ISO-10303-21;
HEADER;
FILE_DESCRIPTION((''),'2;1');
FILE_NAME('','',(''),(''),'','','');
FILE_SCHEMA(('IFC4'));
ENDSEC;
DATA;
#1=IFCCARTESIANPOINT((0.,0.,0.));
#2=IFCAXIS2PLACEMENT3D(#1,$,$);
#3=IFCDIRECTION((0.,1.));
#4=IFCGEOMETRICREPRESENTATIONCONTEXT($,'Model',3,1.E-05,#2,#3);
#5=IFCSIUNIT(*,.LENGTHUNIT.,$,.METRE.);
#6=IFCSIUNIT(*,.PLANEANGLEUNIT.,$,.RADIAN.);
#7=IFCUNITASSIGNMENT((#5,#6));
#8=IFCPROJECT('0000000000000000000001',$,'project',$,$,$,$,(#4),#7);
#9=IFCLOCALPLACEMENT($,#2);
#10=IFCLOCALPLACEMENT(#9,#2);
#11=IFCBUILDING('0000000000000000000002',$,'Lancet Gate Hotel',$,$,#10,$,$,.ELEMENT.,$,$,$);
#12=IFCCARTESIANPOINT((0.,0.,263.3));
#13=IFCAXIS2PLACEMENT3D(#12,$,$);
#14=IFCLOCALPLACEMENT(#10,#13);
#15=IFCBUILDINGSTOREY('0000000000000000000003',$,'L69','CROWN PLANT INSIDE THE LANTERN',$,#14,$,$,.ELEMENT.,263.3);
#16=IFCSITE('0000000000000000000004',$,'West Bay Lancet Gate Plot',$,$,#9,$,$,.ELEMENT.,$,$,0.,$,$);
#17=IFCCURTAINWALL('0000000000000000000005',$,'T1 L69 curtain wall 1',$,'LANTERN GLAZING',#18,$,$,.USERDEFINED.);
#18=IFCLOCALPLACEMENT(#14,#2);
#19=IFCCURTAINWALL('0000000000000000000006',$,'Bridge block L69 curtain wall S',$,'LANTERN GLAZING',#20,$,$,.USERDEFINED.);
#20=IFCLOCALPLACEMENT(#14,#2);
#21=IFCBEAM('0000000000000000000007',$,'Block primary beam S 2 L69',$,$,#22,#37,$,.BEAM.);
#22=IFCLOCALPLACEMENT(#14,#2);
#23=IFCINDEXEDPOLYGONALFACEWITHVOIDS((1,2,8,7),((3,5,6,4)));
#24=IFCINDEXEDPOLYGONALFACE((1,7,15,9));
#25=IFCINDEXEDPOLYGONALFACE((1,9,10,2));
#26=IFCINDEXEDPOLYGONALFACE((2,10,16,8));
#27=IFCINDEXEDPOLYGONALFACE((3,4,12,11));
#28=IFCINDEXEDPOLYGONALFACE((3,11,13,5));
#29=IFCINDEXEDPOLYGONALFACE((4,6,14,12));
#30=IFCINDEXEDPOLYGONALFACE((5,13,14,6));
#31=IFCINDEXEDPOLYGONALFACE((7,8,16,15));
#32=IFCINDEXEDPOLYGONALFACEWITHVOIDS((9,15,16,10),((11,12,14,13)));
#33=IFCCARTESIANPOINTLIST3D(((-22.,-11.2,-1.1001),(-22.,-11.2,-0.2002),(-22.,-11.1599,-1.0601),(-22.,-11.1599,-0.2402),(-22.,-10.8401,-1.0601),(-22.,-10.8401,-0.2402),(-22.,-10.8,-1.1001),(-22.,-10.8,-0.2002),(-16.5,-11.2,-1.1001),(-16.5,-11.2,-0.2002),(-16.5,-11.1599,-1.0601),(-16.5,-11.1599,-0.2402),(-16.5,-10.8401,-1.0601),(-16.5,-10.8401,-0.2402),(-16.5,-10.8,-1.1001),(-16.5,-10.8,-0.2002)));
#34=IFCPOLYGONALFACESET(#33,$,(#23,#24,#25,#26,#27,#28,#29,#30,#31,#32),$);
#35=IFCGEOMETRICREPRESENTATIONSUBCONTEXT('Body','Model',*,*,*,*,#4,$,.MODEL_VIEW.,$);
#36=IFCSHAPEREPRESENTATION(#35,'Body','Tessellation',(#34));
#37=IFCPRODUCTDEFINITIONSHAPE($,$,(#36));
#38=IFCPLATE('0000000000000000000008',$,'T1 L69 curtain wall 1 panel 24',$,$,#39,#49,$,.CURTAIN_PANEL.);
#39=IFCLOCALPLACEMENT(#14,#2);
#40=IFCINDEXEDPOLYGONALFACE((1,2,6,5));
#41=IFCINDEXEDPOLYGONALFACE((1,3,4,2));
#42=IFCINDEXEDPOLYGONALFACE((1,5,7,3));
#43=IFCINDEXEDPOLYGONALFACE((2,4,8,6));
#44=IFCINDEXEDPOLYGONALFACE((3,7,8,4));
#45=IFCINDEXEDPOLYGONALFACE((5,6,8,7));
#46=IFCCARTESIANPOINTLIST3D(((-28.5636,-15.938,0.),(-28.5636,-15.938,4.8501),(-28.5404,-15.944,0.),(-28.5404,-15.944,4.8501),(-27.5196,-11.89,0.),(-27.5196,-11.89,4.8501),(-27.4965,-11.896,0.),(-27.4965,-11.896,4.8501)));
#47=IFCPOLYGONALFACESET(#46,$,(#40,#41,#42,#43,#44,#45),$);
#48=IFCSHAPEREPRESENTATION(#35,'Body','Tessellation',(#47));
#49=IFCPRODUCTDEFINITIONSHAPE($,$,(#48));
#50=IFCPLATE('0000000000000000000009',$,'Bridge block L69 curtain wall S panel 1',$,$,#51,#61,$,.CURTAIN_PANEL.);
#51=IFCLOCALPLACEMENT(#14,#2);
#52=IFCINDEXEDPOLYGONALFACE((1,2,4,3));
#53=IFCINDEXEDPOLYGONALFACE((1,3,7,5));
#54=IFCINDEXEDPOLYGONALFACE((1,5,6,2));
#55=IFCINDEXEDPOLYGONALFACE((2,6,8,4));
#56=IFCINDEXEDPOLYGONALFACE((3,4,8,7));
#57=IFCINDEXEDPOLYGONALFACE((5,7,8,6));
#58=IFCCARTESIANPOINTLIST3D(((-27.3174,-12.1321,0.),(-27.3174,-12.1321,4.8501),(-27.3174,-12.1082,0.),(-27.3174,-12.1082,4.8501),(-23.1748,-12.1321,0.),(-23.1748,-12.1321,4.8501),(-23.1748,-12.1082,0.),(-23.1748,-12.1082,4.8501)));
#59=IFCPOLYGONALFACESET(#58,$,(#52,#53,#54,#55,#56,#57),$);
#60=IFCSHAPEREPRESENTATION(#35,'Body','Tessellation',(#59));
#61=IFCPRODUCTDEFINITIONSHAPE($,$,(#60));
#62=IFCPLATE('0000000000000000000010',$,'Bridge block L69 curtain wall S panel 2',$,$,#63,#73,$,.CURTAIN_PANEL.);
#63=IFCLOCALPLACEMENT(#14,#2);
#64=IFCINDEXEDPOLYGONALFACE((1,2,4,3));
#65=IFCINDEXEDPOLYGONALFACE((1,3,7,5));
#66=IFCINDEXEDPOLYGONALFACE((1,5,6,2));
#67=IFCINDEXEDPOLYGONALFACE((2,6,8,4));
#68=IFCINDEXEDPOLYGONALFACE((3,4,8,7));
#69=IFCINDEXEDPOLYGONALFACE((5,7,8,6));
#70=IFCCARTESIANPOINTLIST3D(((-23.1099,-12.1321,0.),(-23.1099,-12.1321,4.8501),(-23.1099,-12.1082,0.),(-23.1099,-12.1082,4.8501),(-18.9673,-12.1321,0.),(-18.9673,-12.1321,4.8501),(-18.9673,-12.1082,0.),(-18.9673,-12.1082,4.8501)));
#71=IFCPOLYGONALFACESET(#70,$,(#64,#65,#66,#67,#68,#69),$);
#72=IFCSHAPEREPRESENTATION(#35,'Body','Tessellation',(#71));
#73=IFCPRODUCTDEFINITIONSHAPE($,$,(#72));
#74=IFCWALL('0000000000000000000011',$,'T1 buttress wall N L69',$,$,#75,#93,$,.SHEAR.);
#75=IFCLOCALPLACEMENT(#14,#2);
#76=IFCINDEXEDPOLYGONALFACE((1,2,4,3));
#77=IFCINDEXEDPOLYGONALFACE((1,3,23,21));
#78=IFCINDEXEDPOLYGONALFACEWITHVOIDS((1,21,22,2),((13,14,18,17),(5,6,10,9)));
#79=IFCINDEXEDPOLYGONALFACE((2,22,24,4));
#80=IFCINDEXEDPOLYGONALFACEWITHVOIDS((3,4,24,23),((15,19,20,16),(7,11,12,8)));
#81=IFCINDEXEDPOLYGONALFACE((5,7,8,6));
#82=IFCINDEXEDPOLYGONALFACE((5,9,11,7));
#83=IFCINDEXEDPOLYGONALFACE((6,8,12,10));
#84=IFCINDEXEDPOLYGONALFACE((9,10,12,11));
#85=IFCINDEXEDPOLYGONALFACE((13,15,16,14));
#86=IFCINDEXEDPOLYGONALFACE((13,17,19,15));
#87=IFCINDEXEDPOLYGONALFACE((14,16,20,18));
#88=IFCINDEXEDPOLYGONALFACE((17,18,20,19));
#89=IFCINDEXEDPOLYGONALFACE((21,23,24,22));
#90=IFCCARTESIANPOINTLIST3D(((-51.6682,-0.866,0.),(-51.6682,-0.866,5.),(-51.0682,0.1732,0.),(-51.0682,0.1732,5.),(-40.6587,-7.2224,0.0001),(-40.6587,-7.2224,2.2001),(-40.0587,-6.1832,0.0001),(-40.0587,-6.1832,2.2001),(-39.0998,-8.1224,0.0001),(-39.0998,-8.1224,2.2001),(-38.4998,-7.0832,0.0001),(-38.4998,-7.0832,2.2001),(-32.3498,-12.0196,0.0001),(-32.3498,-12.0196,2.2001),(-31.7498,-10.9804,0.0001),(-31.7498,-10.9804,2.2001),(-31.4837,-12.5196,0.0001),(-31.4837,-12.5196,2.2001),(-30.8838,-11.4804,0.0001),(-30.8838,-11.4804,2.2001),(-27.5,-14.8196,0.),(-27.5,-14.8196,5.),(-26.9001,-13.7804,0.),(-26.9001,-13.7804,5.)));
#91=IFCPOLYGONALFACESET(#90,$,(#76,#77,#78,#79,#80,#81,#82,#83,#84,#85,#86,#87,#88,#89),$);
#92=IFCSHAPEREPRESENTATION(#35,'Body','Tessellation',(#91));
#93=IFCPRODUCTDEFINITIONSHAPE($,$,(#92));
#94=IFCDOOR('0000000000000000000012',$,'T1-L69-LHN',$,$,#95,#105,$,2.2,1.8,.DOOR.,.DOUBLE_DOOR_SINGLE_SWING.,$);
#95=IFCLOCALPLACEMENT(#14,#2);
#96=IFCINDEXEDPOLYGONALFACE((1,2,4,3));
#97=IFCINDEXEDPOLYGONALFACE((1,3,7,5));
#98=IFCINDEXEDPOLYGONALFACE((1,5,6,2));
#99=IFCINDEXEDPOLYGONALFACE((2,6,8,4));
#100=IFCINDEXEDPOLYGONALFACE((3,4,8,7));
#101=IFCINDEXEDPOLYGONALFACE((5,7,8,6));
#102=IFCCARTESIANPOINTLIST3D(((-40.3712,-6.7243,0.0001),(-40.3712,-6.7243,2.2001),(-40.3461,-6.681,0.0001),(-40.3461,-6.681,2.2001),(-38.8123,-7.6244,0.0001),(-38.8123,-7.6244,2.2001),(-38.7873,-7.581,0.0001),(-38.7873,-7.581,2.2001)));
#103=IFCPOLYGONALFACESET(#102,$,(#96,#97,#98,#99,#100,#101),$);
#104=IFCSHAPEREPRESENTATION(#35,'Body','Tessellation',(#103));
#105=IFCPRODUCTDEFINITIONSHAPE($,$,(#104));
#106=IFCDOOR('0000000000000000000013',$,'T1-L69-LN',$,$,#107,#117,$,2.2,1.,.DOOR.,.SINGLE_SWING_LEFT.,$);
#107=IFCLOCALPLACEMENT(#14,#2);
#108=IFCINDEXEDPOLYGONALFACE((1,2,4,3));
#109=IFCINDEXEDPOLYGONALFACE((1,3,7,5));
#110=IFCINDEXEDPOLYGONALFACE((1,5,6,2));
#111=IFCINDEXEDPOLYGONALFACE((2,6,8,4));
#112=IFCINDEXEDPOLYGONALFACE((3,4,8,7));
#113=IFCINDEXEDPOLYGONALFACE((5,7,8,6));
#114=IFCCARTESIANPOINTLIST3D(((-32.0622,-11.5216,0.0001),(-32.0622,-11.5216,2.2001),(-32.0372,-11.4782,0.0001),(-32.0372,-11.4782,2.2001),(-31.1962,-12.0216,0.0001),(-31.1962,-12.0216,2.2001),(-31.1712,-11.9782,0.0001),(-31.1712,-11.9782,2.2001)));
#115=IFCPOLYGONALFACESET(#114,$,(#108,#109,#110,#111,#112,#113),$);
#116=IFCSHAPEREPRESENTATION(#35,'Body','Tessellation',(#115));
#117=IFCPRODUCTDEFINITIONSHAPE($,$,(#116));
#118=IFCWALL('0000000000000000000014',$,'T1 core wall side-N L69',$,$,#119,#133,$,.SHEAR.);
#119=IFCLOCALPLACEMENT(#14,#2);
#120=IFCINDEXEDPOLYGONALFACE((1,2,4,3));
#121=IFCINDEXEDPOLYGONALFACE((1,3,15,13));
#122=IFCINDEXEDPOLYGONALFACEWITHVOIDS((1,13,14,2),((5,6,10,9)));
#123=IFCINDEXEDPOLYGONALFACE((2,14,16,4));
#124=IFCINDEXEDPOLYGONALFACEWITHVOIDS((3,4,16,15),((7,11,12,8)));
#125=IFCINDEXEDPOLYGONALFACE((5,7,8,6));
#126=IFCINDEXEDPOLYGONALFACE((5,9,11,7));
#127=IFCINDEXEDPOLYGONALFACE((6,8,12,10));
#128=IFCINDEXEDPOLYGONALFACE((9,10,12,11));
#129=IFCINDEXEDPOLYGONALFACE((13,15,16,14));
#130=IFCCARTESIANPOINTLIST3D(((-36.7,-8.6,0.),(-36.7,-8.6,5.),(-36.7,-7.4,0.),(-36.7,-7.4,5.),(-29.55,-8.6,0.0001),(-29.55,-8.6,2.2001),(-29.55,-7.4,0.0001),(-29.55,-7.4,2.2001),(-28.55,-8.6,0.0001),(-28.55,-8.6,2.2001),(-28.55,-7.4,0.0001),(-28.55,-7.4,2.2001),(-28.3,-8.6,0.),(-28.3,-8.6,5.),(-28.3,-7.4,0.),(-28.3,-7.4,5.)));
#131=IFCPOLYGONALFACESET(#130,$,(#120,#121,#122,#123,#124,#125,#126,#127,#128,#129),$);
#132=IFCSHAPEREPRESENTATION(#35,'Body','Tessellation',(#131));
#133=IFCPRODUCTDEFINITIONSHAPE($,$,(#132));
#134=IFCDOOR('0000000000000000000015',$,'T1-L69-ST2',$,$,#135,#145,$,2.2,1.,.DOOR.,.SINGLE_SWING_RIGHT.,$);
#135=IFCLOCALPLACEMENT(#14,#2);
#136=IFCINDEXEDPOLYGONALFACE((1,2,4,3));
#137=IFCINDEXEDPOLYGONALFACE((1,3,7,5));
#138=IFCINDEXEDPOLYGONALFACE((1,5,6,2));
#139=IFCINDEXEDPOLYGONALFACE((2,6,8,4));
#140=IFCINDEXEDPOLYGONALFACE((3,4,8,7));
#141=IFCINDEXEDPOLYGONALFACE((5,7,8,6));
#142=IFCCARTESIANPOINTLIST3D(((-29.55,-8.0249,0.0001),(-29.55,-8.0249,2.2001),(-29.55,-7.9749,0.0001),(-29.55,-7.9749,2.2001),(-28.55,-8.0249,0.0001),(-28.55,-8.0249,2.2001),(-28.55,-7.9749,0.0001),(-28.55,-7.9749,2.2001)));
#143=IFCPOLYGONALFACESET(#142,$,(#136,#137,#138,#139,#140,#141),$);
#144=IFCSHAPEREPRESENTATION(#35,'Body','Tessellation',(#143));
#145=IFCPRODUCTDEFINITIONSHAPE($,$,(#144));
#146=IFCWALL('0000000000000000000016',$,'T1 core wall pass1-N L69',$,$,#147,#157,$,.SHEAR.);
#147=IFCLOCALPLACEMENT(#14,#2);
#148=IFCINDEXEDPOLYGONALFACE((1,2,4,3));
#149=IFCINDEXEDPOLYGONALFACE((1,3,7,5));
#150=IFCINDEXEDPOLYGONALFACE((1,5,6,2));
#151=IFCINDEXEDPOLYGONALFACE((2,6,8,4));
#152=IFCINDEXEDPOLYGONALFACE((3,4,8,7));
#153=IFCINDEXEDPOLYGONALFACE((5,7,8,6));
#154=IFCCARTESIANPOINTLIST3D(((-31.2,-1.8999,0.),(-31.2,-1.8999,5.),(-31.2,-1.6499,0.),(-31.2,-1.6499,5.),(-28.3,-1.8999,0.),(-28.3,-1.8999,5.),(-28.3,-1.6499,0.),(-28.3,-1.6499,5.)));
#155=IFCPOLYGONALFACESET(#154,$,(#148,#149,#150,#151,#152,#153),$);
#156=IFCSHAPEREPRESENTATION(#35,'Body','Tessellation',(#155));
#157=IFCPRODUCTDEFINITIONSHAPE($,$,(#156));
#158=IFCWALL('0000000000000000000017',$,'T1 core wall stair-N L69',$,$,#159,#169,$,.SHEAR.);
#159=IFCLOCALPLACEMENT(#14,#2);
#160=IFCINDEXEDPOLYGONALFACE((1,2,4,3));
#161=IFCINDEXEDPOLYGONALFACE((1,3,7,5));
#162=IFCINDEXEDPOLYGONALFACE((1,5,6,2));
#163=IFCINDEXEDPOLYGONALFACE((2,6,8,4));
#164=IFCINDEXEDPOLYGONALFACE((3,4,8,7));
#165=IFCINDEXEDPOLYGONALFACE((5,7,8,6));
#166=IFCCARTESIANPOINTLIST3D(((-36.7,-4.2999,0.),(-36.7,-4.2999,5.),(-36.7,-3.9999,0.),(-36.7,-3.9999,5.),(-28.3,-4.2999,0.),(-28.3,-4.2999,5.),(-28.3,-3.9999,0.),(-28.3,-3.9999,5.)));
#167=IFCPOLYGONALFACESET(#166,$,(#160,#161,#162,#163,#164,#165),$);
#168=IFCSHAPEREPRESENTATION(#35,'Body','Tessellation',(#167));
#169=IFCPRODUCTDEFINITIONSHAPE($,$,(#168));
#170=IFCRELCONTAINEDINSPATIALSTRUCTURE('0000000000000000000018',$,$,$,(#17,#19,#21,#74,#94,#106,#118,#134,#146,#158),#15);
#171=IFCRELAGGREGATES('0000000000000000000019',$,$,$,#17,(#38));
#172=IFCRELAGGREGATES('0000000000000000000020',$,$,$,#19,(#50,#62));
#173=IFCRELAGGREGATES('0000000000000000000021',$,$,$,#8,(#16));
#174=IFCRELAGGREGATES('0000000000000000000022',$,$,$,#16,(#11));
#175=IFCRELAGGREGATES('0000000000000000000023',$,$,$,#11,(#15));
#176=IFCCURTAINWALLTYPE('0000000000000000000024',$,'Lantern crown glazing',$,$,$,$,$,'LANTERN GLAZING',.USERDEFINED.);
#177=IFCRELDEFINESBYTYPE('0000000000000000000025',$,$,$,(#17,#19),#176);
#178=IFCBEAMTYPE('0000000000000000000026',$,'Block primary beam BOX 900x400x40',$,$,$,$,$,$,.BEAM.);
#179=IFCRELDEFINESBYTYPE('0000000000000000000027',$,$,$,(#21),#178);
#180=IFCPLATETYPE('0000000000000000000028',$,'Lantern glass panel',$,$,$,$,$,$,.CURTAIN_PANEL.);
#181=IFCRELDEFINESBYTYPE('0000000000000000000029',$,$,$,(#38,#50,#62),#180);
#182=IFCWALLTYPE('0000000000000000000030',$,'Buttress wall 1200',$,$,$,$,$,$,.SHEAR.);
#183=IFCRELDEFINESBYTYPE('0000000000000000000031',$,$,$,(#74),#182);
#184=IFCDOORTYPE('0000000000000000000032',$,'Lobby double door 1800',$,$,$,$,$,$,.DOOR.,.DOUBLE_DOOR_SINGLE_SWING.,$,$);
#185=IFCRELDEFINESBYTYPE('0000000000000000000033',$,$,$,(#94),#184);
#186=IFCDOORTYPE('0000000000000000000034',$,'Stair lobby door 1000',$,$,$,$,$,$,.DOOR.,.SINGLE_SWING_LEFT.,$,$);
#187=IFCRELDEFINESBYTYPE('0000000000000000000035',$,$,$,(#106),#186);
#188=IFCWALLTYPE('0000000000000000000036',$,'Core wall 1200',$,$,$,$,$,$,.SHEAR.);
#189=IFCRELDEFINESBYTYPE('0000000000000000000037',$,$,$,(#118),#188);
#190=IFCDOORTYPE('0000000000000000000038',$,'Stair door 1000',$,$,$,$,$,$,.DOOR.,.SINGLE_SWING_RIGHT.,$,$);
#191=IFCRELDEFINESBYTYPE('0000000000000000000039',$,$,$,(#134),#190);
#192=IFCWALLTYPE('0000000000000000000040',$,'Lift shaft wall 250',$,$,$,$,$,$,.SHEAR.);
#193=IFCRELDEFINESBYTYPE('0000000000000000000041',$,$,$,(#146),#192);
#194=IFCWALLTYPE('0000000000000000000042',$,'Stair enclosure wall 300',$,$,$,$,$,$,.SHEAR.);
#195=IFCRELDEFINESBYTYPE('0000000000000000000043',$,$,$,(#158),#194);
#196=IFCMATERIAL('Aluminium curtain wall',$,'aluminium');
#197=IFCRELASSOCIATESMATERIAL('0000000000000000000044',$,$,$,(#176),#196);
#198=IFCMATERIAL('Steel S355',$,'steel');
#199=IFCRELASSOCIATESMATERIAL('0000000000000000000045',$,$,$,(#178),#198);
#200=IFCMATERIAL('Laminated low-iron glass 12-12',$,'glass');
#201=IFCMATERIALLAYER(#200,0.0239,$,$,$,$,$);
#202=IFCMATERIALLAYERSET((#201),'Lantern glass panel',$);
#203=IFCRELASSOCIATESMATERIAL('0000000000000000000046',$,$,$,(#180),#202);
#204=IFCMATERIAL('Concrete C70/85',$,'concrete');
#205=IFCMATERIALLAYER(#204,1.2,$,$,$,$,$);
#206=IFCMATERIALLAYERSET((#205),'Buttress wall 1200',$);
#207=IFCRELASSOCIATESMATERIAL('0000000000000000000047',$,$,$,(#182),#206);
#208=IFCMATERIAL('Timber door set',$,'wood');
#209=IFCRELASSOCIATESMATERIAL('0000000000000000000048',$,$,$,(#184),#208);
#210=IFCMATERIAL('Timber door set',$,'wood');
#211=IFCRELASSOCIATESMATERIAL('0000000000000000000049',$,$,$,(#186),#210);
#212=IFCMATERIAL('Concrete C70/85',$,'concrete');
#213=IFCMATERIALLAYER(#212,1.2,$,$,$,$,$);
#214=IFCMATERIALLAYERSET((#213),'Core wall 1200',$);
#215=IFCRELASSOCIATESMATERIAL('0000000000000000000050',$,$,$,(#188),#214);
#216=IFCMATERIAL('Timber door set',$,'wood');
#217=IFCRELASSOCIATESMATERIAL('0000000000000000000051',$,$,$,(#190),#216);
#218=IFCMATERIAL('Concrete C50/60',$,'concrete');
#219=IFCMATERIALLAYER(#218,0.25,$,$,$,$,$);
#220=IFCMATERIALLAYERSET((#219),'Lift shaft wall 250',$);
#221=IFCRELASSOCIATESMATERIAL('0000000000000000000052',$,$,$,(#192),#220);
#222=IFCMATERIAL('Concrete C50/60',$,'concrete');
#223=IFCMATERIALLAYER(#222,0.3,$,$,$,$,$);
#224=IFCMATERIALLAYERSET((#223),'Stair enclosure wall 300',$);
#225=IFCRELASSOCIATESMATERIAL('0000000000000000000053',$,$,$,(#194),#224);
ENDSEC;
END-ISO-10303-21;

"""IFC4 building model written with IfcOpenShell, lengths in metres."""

from ifc_helpers import new_model, si_unit, direction, frame, frame_2d, origin, origin_2d, place, context, subcontext, project, spatial, rectangle, hollow_rectangle, extrude, material, layer, layer_set, material_profile, profile_set, type_object, element, fill, aggregate, save


model = new_model("IFC4")

# Units and contexts
model_context = context("Model", 3, precision=1e-05, world=origin(), true_north=direction((0.0, 1.0)))
body_context = subcontext(model_context, "Body", "Model", "MODEL_VIEW")
ifc_project = project(units=[si_unit("LENGTHUNIT", "METRE"), si_unit("PLANEANGLEUNIT", "RADIAN")], contexts=[model_context])

# Site, building, storey
site_placement = place(None, origin())
site = spatial("IfcSite", under=ifc_project, at=site_placement, Name="West Bay Lancet Gate Plot", CompositionType="ELEMENT", RefElevation=0.0)
building_placement = place(site_placement, origin())
building = spatial("IfcBuilding", under=site, at=building_placement, Name="Lancet Gate Hotel", CompositionType="ELEMENT")
storey_placement = place(building_placement, frame((0.0, 0.0, 263.3)))
storey = spatial("IfcBuildingStorey", under=building, at=storey_placement, Name="L69", Description="CROWN PLANT INSIDE THE LANTERN", CompositionType="ELEMENT", Elevation=263.3)

# Curtain wall
ifc_material_1 = material(Name="Aluminium curtain wall", Category="aluminium")
curtain_wall_type = type_object("IfcCurtainWallType", Name="Lantern crown glazing", ElementType="LANTERN GLAZING", PredefinedType="USERDEFINED", material=ifc_material_1)
curtain_wall_1_placement = place(storey_placement, origin())
curtain_wall_1 = element("IfcCurtainWall", 1, at=curtain_wall_1_placement, inside=storey, type_object=curtain_wall_type, Name="T1 L69 curtain wall 1", ObjectType="LANTERN GLAZING", PredefinedType="USERDEFINED")

# Curtain wall
curtain_wall_2_placement = place(storey_placement, origin())
curtain_wall_2 = element("IfcCurtainWall", 2, at=curtain_wall_2_placement, inside=storey, type_object=curtain_wall_type, Name="Bridge block L69 curtain wall S", ObjectType="LANTERN GLAZING", PredefinedType="USERDEFINED")

# Beam
ifc_material_2 = material(Name="Steel S355", Category="steel")
ifc_material_profile_1 = material_profile(ifc_material_2, hollow_rectangle(XDim=0.3999, YDim=0.8999, WallThickness=0.04, at=origin_2d()), Name="BOX 900x400x40")
ifc_profile_set_1 = profile_set([ifc_material_profile_1], Name="Steel S355")
beam_type_1 = type_object("IfcBeamType", Name="Block primary beam BOX 900x400x40", PredefinedType="BEAM", material=ifc_profile_set_1)
beam_1_placement = place(storey_placement, frame((-22.0, -11.0, -0.6501), z_axis=(1.0, 0.0, 0.0), x_axis=(0.0, 1.0, 0.0)))
element("IfcBeam", 3, at=beam_1_placement, inside=storey, type_object=beam_type_1, Name="Block primary beam S 2 L69", PredefinedType="BEAM", context=body_context, shape_type="SweptSolid", body=[
    extrude(hollow_rectangle(XDim=0.3999, YDim=0.8999, WallThickness=0.04, at=origin_2d()), origin(), (0.0, 0.0, 1.0), 5.5),
])

# Plates
ifc_material_3 = material(Name="Laminated low-iron glass 12-12", Category="glass")
ifc_layer_1 = layer(ifc_material_3, 0.0239)
ifc_layer_set_1 = layer_set([ifc_layer_1], Name="Lantern glass panel")
plate_type = type_object("IfcPlateType", Name="Lantern glass panel", PredefinedType="CURTAIN_PANEL", material=ifc_layer_set_1)
plate_1_placement = place(storey_placement, frame((-28.03, -13.917, 0.0), z_axis=(0.0, 0.0, 1.0), x_axis=(0.249726, 0.968317, 0.0)))
plate_1 = element("IfcPlate", 4, at=plate_1_placement, type_object=plate_type, Name="T1 L69 curtain wall 1 panel 24", PredefinedType="CURTAIN_PANEL", context=body_context, shape_type="SweptSolid", body=[
    extrude(rectangle(XDim=4.1804, YDim=0.0239, at=origin_2d()), origin(), (0.0, 0.0, 1.0), 4.8501),
])
aggregate(curtain_wall_1, [plate_1])
plate_2_placement = place(storey_placement, frame((-25.2461, -12.1201, 0.0), z_axis=(0.0, 0.0, 1.0), x_axis=(1.0, 0.0, 0.0)))
plate_2 = element("IfcPlate", 5, at=plate_2_placement, type_object=plate_type, Name="Bridge block L69 curtain wall S panel 1", PredefinedType="CURTAIN_PANEL", context=body_context, shape_type="SweptSolid", body=[
    extrude(rectangle(XDim=4.1426, YDim=0.0239, at=origin_2d()), origin(), (0.0, 0.0, 1.0), 4.8501),
])
plate_3_placement = place(storey_placement, frame((-21.0386, -12.1201, 0.0), z_axis=(0.0, 0.0, 1.0), x_axis=(1.0, 0.0, 0.0)))
plate_3 = element("IfcPlate", 6, at=plate_3_placement, type_object=plate_type, Name="Bridge block L69 curtain wall S panel 2", PredefinedType="CURTAIN_PANEL", context=body_context, shape_type="SweptSolid", body=[
    extrude(rectangle(XDim=4.1426, YDim=0.0239, at=origin_2d()), origin(), (0.0, 0.0, 1.0), 4.8501),
])
aggregate(curtain_wall_2, [plate_2, plate_3])

# Wall, openings, doors
ifc_material_4 = material(Name="Concrete C70/85", Category="concrete")
ifc_layer_2 = layer(ifc_material_4, 1.2)
ifc_layer_set_2 = layer_set([ifc_layer_2], Name="Buttress wall 1200")
wall_type_1 = type_object("IfcWallType", Name="Buttress wall 1200", PredefinedType="SHEAR", material=ifc_layer_set_2)
wall_1_placement = place(storey_placement, frame((-27.2, -14.3, 0.0), z_axis=(0.0, 0.0, 1.0), x_axis=(-0.866024, 0.500002, 0.0)))
wall_1 = element("IfcWall", 7, at=wall_1_placement, inside=storey, type_object=wall_type_1, Name="T1 buttress wall N L69", PredefinedType="SHEAR", context=body_context, shape_type="SweptSolid", body=[
    extrude(rectangle(XDim=27.907, YDim=1.2, at=frame_2d((13.9536, 0.0))), origin(), (0.0, 0.0, 1.0), 5.0),
])
opening_1_placement = place(wall_1_placement, frame((4.6001, 0.0, 0.0)))
opening_1 = element("IfcOpeningElement", 8, at=opening_1_placement, cuts=wall_1, PredefinedType="OPENING", context=body_context, shape_type="SweptSolid", body=[
    extrude(rectangle(XDim=1.0, YDim=2.2, at=frame_2d((0.5, 1.1001))), frame((0.0, 0.6099, 0.0), z_axis=(0.0, -1.0, 0.0), x_axis=(1.0, 0.0, 0.0)), (0.0, 0.0, 1.0), 1.22),
])
opening_2_placement = place(wall_1_placement, frame((13.3945, 0.0, 0.0)))
opening_2 = element("IfcOpeningElement", 9, at=opening_2_placement, cuts=wall_1, PredefinedType="OPENING", context=body_context, shape_type="SweptSolid", body=[
    extrude(rectangle(XDim=1.8, YDim=2.2, at=frame_2d((0.8999, 1.1001))), frame((0.0, 0.6099, 0.0), z_axis=(0.0, -1.0, 0.0), x_axis=(1.0, 0.0, 0.0)), (0.0, 0.0, 1.0), 1.22),
])
ifc_material_5 = material(Name="Timber door set", Category="wood")
door_type_1 = type_object("IfcDoorType", Name="Lobby double door 1800", OperationType="DOUBLE_DOOR_SINGLE_SWING", PredefinedType="DOOR", material=ifc_material_5)
door_1_placement = place(opening_2_placement, origin())
door_1 = element("IfcDoor", 10, at=door_1_placement, inside=storey, type_object=door_type_1, Name="T1-L69-LHN", OperationType="DOUBLE_DOOR_SINGLE_SWING", OverallHeight=2.2, OverallWidth=1.8, PredefinedType="DOOR", context=body_context, shape_type="SweptSolid", body=[
    extrude(rectangle(XDim=1.8, YDim=2.2, at=frame_2d((0.8999, 1.1001))), frame((0.0, 0.0249, 0.0), z_axis=(0.0, -1.0, 0.0), x_axis=(1.0, 0.0, 0.0)), (0.0, 0.0, 1.0), 0.05),
])
fill(opening_2, door_1)
ifc_material_6 = material(Name="Timber door set", Category="wood")
door_type_2 = type_object("IfcDoorType", Name="Stair lobby door 1000", OperationType="SINGLE_SWING_LEFT", PredefinedType="DOOR", material=ifc_material_6)
door_2_placement = place(opening_1_placement, origin())
door_2 = element("IfcDoor", 11, at=door_2_placement, inside=storey, type_object=door_type_2, Name="T1-L69-LN", OperationType="SINGLE_SWING_LEFT", OverallHeight=2.2, OverallWidth=1.0, PredefinedType="DOOR", context=body_context, shape_type="SweptSolid", body=[
    extrude(rectangle(XDim=1.0, YDim=2.2, at=frame_2d((0.5, 1.1001))), frame((0.0, 0.0249, 0.0), z_axis=(0.0, -1.0, 0.0), x_axis=(1.0, 0.0, 0.0)), (0.0, 0.0, 1.0), 0.05),
])
fill(opening_1, door_2)

# Wall, opening, door
ifc_material_7 = material(Name="Concrete C70/85", Category="concrete")
ifc_layer_3 = layer(ifc_material_7, 1.2)
ifc_layer_set_3 = layer_set([ifc_layer_3], Name="Core wall 1200")
wall_type_2 = type_object("IfcWallType", Name="Core wall 1200", PredefinedType="SHEAR", material=ifc_layer_set_3)
wall_2_placement = place(storey_placement, frame((-28.3, -8.0, 0.0), z_axis=(0.0, 0.0, 1.0), x_axis=(-1.0, 0.0, 0.0)))
wall_2 = element("IfcWall", 12, at=wall_2_placement, inside=storey, type_object=wall_type_2, Name="T1 core wall side-N L69", PredefinedType="SHEAR", context=body_context, shape_type="SweptSolid", body=[
    extrude(rectangle(XDim=8.3999, YDim=1.2, at=frame_2d((4.2, 0.0))), origin(), (0.0, 0.0, 1.0), 5.0),
])
opening_3_placement = place(wall_2_placement, frame((0.25, 0.0, 0.0)))
opening_3 = element("IfcOpeningElement", 13, at=opening_3_placement, cuts=wall_2, PredefinedType="OPENING", context=body_context, shape_type="SweptSolid", body=[
    extrude(rectangle(XDim=1.0, YDim=2.2, at=frame_2d((0.5, 1.1001))), frame((0.0, 0.6099, 0.0), z_axis=(0.0, -1.0, 0.0), x_axis=(1.0, 0.0, 0.0)), (0.0, 0.0, 1.0), 1.22),
])
ifc_material_8 = material(Name="Timber door set", Category="wood")
door_type_3 = type_object("IfcDoorType", Name="Stair door 1000", OperationType="SINGLE_SWING_RIGHT", PredefinedType="DOOR", material=ifc_material_8)
door_3_placement = place(opening_3_placement, origin())
door_3 = element("IfcDoor", 14, at=door_3_placement, inside=storey, type_object=door_type_3, Name="T1-L69-ST2", OperationType="SINGLE_SWING_RIGHT", OverallHeight=2.2, OverallWidth=1.0, PredefinedType="DOOR", context=body_context, shape_type="SweptSolid", body=[
    extrude(rectangle(XDim=1.0, YDim=2.2, at=frame_2d((0.5, 1.1001))), frame((0.0, 0.0249, 0.0), z_axis=(0.0, -1.0, 0.0), x_axis=(1.0, 0.0, 0.0)), (0.0, 0.0, 1.0), 0.05),
])
fill(opening_3, door_3)

# Walls
ifc_material_9 = material(Name="Concrete C50/60", Category="concrete")
ifc_layer_4 = layer(ifc_material_9, 0.25)
ifc_layer_set_4 = layer_set([ifc_layer_4], Name="Lift shaft wall 250")
wall_type_3 = type_object("IfcWallType", Name="Lift shaft wall 250", PredefinedType="SHEAR", material=ifc_layer_set_4)
wall_3_placement = place(storey_placement, frame((-28.3, -1.7749, 0.0), z_axis=(0.0, 0.0, 1.0), x_axis=(-1.0, 0.0, 0.0)))
element("IfcWall", 15, at=wall_3_placement, inside=storey, type_object=wall_type_3, Name="T1 core wall pass1-N L69", PredefinedType="SHEAR", context=body_context, shape_type="SweptSolid", body=[
    extrude(rectangle(XDim=2.8999, YDim=0.25, at=frame_2d((1.45, 0.0))), origin(), (0.0, 0.0, 1.0), 5.0),
])
ifc_material_10 = material(Name="Concrete C50/60", Category="concrete")
ifc_layer_5 = layer(ifc_material_10, 0.3)
ifc_layer_set_5 = layer_set([ifc_layer_5], Name="Stair enclosure wall 300")
wall_type_4 = type_object("IfcWallType", Name="Stair enclosure wall 300", PredefinedType="SHEAR", material=ifc_layer_set_5)
wall_4_placement = place(storey_placement, frame((-28.3, -4.1499, 0.0), z_axis=(0.0, 0.0, 1.0), x_axis=(-1.0, 0.0, 0.0)))
element("IfcWall", 16, at=wall_4_placement, inside=storey, type_object=wall_type_4, Name="T1 core wall stair-N L69", PredefinedType="SHEAR", context=body_context, shape_type="SweptSolid", body=[
    extrude(rectangle(XDim=8.3999, YDim=0.3, at=frame_2d((4.2, 0.0))), origin(), (0.0, 0.0, 1.0), 5.0),
])

save(model, "model.ifc")
